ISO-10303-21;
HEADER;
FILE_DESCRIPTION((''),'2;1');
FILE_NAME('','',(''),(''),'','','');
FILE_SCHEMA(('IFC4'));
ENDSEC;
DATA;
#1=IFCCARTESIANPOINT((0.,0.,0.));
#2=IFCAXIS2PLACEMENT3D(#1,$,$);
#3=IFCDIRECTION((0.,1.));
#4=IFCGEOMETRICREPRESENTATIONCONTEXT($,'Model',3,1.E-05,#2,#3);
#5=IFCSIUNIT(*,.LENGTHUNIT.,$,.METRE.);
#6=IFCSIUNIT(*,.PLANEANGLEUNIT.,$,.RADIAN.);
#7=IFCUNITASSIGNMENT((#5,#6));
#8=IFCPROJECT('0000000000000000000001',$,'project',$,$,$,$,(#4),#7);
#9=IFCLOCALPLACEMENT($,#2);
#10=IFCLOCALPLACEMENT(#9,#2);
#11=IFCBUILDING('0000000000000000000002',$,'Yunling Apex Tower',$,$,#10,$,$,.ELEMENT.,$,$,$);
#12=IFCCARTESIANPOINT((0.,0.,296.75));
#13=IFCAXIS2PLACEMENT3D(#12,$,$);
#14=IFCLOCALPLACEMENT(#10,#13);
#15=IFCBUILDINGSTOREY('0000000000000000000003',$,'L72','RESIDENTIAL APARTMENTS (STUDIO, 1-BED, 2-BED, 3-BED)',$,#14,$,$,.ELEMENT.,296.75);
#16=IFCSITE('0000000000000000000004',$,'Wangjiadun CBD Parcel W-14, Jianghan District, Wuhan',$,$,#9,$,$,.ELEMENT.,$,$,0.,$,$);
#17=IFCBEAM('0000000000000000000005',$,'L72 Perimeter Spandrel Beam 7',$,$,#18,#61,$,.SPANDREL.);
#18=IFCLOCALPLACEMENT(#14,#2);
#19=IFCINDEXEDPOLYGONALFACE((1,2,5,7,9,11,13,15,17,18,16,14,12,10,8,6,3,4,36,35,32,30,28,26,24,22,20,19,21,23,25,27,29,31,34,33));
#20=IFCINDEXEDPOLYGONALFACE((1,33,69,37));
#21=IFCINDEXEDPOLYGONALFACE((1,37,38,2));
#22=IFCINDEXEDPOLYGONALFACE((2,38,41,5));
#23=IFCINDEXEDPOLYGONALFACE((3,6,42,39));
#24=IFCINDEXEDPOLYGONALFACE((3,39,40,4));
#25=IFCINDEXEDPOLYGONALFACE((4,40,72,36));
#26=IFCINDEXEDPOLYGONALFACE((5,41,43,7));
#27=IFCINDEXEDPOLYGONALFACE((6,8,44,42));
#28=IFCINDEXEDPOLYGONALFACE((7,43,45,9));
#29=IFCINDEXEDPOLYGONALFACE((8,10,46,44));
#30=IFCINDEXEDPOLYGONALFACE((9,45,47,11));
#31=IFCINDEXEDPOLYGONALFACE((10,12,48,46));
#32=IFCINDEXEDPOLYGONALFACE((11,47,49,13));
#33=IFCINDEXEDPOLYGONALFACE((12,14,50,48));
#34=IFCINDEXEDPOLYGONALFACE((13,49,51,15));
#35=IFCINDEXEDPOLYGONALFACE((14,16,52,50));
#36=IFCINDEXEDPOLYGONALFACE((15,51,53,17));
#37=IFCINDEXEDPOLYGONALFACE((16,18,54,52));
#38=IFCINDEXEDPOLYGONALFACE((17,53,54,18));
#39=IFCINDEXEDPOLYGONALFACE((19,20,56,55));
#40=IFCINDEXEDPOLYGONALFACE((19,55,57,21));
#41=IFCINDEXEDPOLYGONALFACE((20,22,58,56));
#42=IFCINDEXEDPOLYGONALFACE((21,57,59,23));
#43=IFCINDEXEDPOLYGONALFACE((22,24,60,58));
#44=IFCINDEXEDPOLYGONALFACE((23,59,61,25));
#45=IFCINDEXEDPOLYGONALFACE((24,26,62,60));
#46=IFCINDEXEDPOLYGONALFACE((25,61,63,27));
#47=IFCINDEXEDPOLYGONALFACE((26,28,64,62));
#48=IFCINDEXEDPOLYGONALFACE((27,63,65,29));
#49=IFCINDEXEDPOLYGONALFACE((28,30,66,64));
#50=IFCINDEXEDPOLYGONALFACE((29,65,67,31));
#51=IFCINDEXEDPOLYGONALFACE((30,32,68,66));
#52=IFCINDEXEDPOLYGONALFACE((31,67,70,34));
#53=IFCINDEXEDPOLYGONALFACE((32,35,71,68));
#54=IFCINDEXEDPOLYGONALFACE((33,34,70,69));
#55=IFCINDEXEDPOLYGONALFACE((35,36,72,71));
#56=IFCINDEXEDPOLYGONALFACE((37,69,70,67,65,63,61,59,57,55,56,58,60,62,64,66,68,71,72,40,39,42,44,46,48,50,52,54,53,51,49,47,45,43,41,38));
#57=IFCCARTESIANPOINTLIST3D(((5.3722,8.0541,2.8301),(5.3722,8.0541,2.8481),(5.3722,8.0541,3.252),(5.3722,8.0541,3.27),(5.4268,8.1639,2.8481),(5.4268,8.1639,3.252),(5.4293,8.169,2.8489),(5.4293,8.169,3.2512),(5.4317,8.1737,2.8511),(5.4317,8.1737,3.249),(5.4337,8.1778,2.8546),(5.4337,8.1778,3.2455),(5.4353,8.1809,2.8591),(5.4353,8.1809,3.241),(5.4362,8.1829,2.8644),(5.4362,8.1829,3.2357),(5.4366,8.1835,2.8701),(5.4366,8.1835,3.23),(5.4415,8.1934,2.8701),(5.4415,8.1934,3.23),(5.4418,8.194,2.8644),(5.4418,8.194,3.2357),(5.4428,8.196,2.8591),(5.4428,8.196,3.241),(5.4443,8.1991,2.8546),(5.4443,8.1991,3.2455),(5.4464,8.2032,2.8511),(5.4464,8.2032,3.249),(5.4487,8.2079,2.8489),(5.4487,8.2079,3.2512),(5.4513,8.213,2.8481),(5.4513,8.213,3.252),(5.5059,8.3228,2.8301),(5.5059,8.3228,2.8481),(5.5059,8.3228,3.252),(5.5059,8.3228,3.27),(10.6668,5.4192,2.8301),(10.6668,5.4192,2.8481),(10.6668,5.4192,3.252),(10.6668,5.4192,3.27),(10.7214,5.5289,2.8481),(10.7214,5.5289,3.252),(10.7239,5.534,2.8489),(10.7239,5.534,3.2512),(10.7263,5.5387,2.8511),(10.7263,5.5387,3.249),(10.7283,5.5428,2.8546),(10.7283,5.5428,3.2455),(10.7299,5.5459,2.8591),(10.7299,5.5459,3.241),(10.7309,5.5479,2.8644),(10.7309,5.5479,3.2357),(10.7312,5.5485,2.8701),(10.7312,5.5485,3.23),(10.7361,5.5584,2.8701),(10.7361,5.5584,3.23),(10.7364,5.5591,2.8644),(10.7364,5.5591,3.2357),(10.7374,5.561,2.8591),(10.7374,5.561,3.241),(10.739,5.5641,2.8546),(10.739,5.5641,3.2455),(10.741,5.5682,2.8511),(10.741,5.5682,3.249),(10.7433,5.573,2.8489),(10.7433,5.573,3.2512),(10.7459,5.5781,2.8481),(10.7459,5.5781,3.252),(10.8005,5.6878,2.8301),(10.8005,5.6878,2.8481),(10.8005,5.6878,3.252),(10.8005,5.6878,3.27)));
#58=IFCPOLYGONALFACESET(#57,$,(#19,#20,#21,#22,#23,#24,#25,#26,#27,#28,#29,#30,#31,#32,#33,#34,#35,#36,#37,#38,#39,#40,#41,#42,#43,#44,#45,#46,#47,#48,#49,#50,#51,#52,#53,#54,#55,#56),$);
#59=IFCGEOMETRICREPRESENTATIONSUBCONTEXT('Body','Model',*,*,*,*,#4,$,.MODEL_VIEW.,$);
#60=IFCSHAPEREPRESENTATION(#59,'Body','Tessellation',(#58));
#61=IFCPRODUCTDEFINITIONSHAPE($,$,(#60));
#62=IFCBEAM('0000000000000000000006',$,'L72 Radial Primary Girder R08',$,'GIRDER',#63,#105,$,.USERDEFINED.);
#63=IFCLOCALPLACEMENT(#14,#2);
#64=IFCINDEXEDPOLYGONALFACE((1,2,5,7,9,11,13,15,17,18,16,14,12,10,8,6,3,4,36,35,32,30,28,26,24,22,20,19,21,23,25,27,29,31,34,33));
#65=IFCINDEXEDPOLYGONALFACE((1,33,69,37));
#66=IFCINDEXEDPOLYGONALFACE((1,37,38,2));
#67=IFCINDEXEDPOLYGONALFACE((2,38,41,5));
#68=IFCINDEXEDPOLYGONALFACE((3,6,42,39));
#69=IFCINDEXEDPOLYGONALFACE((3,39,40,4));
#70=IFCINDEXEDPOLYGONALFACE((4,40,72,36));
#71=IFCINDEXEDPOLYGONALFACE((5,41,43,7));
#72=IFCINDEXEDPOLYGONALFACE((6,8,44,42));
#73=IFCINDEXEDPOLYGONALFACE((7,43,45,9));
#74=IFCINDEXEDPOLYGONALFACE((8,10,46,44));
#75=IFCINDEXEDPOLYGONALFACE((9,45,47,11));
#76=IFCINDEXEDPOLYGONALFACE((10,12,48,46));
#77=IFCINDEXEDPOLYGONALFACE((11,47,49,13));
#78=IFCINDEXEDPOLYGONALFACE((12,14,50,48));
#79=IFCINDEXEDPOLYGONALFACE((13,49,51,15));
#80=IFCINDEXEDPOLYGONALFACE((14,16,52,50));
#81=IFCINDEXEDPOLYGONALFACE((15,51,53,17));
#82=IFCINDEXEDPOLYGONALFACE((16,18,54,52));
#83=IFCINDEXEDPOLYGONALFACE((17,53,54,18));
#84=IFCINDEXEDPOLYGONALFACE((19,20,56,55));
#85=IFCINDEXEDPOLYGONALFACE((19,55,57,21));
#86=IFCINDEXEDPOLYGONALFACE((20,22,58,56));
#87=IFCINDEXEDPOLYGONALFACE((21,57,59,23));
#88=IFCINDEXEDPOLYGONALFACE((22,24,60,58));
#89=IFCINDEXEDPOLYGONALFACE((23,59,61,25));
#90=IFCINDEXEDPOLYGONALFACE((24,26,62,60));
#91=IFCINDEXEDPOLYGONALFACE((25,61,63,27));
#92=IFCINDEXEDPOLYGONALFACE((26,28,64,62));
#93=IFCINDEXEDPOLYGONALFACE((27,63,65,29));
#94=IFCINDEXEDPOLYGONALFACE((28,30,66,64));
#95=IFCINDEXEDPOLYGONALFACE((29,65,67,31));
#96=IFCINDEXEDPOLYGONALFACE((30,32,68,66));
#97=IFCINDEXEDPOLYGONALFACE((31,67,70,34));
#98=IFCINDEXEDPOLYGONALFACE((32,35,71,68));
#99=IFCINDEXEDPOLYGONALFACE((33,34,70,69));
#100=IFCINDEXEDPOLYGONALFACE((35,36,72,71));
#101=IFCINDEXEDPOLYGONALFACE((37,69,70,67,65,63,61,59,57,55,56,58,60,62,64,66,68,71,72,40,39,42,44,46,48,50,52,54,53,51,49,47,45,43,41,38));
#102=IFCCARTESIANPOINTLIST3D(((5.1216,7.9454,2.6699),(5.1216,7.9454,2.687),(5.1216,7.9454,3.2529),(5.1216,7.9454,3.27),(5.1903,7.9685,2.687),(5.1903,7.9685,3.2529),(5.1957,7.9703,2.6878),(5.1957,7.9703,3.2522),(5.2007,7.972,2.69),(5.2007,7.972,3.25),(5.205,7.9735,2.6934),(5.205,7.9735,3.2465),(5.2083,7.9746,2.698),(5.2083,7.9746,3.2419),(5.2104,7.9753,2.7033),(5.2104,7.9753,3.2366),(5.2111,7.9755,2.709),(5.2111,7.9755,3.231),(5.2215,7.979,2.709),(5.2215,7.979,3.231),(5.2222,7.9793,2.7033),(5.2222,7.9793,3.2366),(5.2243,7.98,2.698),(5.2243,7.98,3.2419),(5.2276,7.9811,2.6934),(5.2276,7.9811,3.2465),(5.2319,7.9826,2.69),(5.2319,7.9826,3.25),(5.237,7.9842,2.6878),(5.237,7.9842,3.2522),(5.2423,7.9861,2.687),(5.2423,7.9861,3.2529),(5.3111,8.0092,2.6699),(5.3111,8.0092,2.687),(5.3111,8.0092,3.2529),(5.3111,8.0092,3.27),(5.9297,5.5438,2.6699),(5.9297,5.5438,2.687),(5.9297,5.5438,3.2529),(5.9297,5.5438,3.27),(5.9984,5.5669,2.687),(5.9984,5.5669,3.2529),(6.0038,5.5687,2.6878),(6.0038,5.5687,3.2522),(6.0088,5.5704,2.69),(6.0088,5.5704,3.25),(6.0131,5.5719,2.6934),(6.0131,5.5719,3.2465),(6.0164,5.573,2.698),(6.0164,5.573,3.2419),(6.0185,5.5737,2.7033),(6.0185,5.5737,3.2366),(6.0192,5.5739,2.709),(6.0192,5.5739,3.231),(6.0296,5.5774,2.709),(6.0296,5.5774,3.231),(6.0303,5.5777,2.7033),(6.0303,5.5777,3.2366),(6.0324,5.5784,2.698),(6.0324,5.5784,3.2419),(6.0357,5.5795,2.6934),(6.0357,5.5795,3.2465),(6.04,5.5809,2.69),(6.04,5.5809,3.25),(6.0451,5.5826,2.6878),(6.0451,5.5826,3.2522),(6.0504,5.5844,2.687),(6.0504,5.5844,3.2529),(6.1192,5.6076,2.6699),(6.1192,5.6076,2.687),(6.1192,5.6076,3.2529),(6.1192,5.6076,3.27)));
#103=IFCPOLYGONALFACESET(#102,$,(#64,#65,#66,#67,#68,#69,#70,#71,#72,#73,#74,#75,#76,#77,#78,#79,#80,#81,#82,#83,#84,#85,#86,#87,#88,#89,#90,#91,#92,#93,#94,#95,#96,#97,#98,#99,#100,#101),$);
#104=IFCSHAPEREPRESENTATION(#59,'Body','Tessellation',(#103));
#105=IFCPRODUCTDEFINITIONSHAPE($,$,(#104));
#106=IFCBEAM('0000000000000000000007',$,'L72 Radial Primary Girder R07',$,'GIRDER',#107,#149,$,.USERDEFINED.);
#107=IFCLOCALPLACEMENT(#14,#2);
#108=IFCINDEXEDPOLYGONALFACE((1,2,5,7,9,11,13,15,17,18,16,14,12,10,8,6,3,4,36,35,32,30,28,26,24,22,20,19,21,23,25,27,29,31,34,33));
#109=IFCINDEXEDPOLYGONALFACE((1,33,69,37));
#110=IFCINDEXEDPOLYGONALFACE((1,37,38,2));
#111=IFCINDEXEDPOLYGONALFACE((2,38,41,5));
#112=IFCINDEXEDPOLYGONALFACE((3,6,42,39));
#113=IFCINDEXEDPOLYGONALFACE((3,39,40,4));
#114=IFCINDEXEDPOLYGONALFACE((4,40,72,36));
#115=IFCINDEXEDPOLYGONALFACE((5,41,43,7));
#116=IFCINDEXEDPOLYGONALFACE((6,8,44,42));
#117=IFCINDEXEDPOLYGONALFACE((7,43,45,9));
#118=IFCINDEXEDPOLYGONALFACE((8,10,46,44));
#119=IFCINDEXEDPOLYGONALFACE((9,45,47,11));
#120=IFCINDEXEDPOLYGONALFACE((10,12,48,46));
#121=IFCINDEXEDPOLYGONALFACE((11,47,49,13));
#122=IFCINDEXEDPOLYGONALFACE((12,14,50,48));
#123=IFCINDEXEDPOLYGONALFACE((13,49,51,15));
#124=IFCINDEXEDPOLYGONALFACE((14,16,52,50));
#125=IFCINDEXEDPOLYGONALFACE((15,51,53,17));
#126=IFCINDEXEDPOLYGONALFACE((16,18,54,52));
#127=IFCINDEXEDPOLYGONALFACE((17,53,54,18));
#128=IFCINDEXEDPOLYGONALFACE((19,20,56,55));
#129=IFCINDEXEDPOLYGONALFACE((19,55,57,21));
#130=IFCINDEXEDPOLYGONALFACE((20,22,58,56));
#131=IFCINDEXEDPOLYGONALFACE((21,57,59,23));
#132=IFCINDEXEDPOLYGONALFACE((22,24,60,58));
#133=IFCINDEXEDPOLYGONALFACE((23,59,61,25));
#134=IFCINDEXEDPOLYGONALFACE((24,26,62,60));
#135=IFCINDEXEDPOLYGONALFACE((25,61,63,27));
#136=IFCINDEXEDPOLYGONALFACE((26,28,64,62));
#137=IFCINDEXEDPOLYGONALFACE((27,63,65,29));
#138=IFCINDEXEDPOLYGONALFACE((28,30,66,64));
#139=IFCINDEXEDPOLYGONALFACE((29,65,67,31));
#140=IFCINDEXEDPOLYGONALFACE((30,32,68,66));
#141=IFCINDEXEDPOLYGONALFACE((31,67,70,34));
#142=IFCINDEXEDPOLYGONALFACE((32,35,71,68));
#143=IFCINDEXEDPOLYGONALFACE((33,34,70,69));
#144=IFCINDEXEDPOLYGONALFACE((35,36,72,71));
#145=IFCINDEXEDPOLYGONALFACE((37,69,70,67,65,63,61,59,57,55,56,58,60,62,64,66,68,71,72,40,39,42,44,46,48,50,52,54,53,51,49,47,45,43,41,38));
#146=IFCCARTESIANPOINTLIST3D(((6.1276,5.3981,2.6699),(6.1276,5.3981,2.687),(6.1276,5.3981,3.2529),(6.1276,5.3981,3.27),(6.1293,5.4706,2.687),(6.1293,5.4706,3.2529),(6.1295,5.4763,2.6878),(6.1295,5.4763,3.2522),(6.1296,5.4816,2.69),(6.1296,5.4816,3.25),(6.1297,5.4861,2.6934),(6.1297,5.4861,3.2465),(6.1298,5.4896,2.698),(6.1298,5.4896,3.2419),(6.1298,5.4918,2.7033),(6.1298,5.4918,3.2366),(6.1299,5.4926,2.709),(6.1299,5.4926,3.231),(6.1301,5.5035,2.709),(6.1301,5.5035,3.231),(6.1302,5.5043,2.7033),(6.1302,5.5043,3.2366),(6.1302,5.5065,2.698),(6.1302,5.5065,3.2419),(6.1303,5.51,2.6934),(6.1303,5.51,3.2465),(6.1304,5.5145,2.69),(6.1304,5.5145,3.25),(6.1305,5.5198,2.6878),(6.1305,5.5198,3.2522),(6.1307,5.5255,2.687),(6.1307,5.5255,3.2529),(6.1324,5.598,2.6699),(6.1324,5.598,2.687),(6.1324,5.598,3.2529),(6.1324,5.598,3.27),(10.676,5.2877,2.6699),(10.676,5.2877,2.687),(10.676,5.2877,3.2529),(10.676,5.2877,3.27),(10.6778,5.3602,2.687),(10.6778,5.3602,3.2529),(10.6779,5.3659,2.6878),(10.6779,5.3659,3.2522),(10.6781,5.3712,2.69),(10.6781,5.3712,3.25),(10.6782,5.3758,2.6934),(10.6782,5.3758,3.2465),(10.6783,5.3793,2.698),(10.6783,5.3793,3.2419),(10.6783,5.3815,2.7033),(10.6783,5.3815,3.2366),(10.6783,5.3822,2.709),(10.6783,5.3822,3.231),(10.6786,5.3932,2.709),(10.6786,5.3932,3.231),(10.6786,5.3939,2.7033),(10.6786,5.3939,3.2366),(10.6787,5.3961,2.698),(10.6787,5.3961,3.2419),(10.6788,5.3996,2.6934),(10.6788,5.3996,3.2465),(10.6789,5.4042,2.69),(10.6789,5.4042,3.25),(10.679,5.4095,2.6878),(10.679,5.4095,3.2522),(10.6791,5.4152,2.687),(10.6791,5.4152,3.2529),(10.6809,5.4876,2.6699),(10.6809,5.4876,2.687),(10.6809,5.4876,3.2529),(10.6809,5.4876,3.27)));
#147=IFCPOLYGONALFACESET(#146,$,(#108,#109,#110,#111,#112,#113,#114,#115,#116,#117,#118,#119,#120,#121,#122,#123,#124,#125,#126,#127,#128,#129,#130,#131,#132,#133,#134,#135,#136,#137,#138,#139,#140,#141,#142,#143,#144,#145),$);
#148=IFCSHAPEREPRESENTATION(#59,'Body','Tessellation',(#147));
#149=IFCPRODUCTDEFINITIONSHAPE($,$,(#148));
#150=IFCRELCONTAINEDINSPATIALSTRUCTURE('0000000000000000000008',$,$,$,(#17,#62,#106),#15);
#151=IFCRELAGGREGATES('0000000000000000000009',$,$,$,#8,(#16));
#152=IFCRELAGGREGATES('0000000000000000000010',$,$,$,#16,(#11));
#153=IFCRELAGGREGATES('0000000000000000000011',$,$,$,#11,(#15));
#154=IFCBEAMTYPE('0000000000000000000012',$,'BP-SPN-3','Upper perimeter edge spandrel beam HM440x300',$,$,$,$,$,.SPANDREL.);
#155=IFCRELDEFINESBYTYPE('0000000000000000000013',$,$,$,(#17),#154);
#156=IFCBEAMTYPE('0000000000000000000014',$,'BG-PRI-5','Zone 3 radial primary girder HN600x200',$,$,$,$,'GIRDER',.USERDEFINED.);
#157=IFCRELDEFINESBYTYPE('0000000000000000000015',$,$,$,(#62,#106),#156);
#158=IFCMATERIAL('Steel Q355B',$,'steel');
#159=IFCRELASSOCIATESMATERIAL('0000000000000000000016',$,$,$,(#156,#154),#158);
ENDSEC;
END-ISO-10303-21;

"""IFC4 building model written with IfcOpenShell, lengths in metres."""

from ifc_helpers import new_model, si_unit, direction, frame, origin, origin_2d, place, context, subcontext, project, spatial, i_section, extrude, source, transform, mapped, material, material_profile, profile_set, type_object, element, save


model = new_model("IFC4")

# Units and contexts
model_context = context("Model", 3, precision=1e-05, world=origin(), true_north=direction((0.0, 1.0)))
body_context = subcontext(model_context, "Body", "Model", "MODEL_VIEW")
ifc_project = project(units=[si_unit("LENGTHUNIT", "METRE"), si_unit("PLANEANGLEUNIT", "RADIAN")], contexts=[model_context])

# Site, building, storey
site_placement = place(None, origin())
site = spatial("IfcSite", under=ifc_project, at=site_placement, Name="Wangjiadun CBD Parcel W-14, Jianghan District, Wuhan", CompositionType="ELEMENT", RefElevation=0.0)
building_placement = place(site_placement, origin())
building = spatial("IfcBuilding", under=site, at=building_placement, Name="Yunling Apex Tower", CompositionType="ELEMENT")
storey_placement = place(building_placement, frame((0.0, 0.0, 296.75)))
storey = spatial("IfcBuildingStorey", under=building, at=storey_placement, Name="L72", Description="RESIDENTIAL APARTMENTS (STUDIO, 1-BED, 2-BED, 3-BED)", CompositionType="ELEMENT", Elevation=296.75)

# Shared definitions
ifc_material_1 = material(Name="Steel Q355B", Category="steel")

# Beams
ifc_material_profile_1 = material_profile(ifc_material_1, i_section(OverallWidth=0.2, OverallDepth=0.6001, WebThickness=0.011, FlangeThickness=0.0171, FilletRadius=0.022, at=origin_2d()))
ifc_profile_set_1 = profile_set([ifc_material_profile_1], Name="Steel Q355B")
beam_type_1 = type_object("IfcBeamType", Name="BG-PRI-5", Description="Zone 3 radial primary girder HN600x200", ElementType="GIRDER", PredefinedType="USERDEFINED", material=ifc_profile_set_1)
ifc_material_profile_2 = material_profile(ifc_material_1, i_section(OverallWidth=0.3, OverallDepth=0.4399, WebThickness=0.011, FlangeThickness=0.0181, FilletRadius=0.022, at=origin_2d()))
ifc_profile_set_2 = profile_set([ifc_material_profile_2], Name="Steel Q355B")
beam_type_2 = type_object("IfcBeamType", Name="BP-SPN-3", Description="Upper perimeter edge spandrel beam HM440x300", PredefinedType="SPANDREL", material=ifc_profile_set_2)
shared_shape_1 = source(origin(), body_context, "Body", "SweptSolid", [
    extrude(i_section(OverallWidth=0.3, OverallDepth=0.4399, WebThickness=0.011, FlangeThickness=0.0181, FilletRadius=0.022, at=origin_2d()), origin(), (0.0, 0.0, 1.0), 5.9141),
])
for number, where, z_axis, x_axis, name in (
    (1, (10.7336, 5.5535, 3.05), (-0.89526, 0.445545, 0.0), (-0.445545, -0.89526, 0.0), "L72 Perimeter Spandrel Beam 7"),
):
    element("IfcBeam", number, at=place(storey_placement, frame(where, z_axis=z_axis, x_axis=x_axis)), inside=storey, type_object=beam_type_2, Name=name, PredefinedType="SPANDREL", context=body_context, shape_type="MappedRepresentation", body=[
        mapped(shared_shape_1, transform((0.0, 0.0, 0.0), scale=1.0)),
    ])
shared_shape_2 = source(origin(), body_context, "Body", "SweptSolid", [
    extrude(i_section(OverallWidth=0.2, OverallDepth=0.6001, WebThickness=0.011, FlangeThickness=0.0171, FilletRadius=0.022, at=origin_2d()), origin(), (0.0, 0.0, 1.0), 2.5339),
])
beam_1_placement = place(storey_placement, frame((5.2163, 7.9773, 2.97), z_axis=(0.318915, -0.947783, 0.0), x_axis=(0.947783, 0.318915, 0.0)))
element("IfcBeam", 2, at=beam_1_placement, inside=storey, type_object=beam_type_1, Name="L72 Radial Primary Girder R08", ObjectType="GIRDER", PredefinedType="USERDEFINED", context=body_context, shape_type="MappedRepresentation", body=[
    mapped(shared_shape_2, transform((0.0, 0.0, 0.0), scale=1.0)),
])
shared_shape_3 = source(origin(), body_context, "Body", "SweptSolid", [
    extrude(i_section(OverallWidth=0.2, OverallDepth=0.6001, WebThickness=0.011, FlangeThickness=0.0171, FilletRadius=0.022, at=origin_2d()), origin(), (0.0, 0.0, 1.0), 4.5498),
])
beam_2_placement = place(storey_placement, frame((10.6785, 5.3877, 2.97), z_axis=(-0.999706, 0.024254, 0.0), x_axis=(-0.024254, -0.999706, 0.0)))
element("IfcBeam", 3, at=beam_2_placement, inside=storey, type_object=beam_type_1, Name="L72 Radial Primary Girder R07", ObjectType="GIRDER", PredefinedType="USERDEFINED", context=body_context, shape_type="MappedRepresentation", body=[
    mapped(shared_shape_3, transform((0.0, 0.0, 0.0), scale=1.0)),
])

save(model, "model.ifc")
